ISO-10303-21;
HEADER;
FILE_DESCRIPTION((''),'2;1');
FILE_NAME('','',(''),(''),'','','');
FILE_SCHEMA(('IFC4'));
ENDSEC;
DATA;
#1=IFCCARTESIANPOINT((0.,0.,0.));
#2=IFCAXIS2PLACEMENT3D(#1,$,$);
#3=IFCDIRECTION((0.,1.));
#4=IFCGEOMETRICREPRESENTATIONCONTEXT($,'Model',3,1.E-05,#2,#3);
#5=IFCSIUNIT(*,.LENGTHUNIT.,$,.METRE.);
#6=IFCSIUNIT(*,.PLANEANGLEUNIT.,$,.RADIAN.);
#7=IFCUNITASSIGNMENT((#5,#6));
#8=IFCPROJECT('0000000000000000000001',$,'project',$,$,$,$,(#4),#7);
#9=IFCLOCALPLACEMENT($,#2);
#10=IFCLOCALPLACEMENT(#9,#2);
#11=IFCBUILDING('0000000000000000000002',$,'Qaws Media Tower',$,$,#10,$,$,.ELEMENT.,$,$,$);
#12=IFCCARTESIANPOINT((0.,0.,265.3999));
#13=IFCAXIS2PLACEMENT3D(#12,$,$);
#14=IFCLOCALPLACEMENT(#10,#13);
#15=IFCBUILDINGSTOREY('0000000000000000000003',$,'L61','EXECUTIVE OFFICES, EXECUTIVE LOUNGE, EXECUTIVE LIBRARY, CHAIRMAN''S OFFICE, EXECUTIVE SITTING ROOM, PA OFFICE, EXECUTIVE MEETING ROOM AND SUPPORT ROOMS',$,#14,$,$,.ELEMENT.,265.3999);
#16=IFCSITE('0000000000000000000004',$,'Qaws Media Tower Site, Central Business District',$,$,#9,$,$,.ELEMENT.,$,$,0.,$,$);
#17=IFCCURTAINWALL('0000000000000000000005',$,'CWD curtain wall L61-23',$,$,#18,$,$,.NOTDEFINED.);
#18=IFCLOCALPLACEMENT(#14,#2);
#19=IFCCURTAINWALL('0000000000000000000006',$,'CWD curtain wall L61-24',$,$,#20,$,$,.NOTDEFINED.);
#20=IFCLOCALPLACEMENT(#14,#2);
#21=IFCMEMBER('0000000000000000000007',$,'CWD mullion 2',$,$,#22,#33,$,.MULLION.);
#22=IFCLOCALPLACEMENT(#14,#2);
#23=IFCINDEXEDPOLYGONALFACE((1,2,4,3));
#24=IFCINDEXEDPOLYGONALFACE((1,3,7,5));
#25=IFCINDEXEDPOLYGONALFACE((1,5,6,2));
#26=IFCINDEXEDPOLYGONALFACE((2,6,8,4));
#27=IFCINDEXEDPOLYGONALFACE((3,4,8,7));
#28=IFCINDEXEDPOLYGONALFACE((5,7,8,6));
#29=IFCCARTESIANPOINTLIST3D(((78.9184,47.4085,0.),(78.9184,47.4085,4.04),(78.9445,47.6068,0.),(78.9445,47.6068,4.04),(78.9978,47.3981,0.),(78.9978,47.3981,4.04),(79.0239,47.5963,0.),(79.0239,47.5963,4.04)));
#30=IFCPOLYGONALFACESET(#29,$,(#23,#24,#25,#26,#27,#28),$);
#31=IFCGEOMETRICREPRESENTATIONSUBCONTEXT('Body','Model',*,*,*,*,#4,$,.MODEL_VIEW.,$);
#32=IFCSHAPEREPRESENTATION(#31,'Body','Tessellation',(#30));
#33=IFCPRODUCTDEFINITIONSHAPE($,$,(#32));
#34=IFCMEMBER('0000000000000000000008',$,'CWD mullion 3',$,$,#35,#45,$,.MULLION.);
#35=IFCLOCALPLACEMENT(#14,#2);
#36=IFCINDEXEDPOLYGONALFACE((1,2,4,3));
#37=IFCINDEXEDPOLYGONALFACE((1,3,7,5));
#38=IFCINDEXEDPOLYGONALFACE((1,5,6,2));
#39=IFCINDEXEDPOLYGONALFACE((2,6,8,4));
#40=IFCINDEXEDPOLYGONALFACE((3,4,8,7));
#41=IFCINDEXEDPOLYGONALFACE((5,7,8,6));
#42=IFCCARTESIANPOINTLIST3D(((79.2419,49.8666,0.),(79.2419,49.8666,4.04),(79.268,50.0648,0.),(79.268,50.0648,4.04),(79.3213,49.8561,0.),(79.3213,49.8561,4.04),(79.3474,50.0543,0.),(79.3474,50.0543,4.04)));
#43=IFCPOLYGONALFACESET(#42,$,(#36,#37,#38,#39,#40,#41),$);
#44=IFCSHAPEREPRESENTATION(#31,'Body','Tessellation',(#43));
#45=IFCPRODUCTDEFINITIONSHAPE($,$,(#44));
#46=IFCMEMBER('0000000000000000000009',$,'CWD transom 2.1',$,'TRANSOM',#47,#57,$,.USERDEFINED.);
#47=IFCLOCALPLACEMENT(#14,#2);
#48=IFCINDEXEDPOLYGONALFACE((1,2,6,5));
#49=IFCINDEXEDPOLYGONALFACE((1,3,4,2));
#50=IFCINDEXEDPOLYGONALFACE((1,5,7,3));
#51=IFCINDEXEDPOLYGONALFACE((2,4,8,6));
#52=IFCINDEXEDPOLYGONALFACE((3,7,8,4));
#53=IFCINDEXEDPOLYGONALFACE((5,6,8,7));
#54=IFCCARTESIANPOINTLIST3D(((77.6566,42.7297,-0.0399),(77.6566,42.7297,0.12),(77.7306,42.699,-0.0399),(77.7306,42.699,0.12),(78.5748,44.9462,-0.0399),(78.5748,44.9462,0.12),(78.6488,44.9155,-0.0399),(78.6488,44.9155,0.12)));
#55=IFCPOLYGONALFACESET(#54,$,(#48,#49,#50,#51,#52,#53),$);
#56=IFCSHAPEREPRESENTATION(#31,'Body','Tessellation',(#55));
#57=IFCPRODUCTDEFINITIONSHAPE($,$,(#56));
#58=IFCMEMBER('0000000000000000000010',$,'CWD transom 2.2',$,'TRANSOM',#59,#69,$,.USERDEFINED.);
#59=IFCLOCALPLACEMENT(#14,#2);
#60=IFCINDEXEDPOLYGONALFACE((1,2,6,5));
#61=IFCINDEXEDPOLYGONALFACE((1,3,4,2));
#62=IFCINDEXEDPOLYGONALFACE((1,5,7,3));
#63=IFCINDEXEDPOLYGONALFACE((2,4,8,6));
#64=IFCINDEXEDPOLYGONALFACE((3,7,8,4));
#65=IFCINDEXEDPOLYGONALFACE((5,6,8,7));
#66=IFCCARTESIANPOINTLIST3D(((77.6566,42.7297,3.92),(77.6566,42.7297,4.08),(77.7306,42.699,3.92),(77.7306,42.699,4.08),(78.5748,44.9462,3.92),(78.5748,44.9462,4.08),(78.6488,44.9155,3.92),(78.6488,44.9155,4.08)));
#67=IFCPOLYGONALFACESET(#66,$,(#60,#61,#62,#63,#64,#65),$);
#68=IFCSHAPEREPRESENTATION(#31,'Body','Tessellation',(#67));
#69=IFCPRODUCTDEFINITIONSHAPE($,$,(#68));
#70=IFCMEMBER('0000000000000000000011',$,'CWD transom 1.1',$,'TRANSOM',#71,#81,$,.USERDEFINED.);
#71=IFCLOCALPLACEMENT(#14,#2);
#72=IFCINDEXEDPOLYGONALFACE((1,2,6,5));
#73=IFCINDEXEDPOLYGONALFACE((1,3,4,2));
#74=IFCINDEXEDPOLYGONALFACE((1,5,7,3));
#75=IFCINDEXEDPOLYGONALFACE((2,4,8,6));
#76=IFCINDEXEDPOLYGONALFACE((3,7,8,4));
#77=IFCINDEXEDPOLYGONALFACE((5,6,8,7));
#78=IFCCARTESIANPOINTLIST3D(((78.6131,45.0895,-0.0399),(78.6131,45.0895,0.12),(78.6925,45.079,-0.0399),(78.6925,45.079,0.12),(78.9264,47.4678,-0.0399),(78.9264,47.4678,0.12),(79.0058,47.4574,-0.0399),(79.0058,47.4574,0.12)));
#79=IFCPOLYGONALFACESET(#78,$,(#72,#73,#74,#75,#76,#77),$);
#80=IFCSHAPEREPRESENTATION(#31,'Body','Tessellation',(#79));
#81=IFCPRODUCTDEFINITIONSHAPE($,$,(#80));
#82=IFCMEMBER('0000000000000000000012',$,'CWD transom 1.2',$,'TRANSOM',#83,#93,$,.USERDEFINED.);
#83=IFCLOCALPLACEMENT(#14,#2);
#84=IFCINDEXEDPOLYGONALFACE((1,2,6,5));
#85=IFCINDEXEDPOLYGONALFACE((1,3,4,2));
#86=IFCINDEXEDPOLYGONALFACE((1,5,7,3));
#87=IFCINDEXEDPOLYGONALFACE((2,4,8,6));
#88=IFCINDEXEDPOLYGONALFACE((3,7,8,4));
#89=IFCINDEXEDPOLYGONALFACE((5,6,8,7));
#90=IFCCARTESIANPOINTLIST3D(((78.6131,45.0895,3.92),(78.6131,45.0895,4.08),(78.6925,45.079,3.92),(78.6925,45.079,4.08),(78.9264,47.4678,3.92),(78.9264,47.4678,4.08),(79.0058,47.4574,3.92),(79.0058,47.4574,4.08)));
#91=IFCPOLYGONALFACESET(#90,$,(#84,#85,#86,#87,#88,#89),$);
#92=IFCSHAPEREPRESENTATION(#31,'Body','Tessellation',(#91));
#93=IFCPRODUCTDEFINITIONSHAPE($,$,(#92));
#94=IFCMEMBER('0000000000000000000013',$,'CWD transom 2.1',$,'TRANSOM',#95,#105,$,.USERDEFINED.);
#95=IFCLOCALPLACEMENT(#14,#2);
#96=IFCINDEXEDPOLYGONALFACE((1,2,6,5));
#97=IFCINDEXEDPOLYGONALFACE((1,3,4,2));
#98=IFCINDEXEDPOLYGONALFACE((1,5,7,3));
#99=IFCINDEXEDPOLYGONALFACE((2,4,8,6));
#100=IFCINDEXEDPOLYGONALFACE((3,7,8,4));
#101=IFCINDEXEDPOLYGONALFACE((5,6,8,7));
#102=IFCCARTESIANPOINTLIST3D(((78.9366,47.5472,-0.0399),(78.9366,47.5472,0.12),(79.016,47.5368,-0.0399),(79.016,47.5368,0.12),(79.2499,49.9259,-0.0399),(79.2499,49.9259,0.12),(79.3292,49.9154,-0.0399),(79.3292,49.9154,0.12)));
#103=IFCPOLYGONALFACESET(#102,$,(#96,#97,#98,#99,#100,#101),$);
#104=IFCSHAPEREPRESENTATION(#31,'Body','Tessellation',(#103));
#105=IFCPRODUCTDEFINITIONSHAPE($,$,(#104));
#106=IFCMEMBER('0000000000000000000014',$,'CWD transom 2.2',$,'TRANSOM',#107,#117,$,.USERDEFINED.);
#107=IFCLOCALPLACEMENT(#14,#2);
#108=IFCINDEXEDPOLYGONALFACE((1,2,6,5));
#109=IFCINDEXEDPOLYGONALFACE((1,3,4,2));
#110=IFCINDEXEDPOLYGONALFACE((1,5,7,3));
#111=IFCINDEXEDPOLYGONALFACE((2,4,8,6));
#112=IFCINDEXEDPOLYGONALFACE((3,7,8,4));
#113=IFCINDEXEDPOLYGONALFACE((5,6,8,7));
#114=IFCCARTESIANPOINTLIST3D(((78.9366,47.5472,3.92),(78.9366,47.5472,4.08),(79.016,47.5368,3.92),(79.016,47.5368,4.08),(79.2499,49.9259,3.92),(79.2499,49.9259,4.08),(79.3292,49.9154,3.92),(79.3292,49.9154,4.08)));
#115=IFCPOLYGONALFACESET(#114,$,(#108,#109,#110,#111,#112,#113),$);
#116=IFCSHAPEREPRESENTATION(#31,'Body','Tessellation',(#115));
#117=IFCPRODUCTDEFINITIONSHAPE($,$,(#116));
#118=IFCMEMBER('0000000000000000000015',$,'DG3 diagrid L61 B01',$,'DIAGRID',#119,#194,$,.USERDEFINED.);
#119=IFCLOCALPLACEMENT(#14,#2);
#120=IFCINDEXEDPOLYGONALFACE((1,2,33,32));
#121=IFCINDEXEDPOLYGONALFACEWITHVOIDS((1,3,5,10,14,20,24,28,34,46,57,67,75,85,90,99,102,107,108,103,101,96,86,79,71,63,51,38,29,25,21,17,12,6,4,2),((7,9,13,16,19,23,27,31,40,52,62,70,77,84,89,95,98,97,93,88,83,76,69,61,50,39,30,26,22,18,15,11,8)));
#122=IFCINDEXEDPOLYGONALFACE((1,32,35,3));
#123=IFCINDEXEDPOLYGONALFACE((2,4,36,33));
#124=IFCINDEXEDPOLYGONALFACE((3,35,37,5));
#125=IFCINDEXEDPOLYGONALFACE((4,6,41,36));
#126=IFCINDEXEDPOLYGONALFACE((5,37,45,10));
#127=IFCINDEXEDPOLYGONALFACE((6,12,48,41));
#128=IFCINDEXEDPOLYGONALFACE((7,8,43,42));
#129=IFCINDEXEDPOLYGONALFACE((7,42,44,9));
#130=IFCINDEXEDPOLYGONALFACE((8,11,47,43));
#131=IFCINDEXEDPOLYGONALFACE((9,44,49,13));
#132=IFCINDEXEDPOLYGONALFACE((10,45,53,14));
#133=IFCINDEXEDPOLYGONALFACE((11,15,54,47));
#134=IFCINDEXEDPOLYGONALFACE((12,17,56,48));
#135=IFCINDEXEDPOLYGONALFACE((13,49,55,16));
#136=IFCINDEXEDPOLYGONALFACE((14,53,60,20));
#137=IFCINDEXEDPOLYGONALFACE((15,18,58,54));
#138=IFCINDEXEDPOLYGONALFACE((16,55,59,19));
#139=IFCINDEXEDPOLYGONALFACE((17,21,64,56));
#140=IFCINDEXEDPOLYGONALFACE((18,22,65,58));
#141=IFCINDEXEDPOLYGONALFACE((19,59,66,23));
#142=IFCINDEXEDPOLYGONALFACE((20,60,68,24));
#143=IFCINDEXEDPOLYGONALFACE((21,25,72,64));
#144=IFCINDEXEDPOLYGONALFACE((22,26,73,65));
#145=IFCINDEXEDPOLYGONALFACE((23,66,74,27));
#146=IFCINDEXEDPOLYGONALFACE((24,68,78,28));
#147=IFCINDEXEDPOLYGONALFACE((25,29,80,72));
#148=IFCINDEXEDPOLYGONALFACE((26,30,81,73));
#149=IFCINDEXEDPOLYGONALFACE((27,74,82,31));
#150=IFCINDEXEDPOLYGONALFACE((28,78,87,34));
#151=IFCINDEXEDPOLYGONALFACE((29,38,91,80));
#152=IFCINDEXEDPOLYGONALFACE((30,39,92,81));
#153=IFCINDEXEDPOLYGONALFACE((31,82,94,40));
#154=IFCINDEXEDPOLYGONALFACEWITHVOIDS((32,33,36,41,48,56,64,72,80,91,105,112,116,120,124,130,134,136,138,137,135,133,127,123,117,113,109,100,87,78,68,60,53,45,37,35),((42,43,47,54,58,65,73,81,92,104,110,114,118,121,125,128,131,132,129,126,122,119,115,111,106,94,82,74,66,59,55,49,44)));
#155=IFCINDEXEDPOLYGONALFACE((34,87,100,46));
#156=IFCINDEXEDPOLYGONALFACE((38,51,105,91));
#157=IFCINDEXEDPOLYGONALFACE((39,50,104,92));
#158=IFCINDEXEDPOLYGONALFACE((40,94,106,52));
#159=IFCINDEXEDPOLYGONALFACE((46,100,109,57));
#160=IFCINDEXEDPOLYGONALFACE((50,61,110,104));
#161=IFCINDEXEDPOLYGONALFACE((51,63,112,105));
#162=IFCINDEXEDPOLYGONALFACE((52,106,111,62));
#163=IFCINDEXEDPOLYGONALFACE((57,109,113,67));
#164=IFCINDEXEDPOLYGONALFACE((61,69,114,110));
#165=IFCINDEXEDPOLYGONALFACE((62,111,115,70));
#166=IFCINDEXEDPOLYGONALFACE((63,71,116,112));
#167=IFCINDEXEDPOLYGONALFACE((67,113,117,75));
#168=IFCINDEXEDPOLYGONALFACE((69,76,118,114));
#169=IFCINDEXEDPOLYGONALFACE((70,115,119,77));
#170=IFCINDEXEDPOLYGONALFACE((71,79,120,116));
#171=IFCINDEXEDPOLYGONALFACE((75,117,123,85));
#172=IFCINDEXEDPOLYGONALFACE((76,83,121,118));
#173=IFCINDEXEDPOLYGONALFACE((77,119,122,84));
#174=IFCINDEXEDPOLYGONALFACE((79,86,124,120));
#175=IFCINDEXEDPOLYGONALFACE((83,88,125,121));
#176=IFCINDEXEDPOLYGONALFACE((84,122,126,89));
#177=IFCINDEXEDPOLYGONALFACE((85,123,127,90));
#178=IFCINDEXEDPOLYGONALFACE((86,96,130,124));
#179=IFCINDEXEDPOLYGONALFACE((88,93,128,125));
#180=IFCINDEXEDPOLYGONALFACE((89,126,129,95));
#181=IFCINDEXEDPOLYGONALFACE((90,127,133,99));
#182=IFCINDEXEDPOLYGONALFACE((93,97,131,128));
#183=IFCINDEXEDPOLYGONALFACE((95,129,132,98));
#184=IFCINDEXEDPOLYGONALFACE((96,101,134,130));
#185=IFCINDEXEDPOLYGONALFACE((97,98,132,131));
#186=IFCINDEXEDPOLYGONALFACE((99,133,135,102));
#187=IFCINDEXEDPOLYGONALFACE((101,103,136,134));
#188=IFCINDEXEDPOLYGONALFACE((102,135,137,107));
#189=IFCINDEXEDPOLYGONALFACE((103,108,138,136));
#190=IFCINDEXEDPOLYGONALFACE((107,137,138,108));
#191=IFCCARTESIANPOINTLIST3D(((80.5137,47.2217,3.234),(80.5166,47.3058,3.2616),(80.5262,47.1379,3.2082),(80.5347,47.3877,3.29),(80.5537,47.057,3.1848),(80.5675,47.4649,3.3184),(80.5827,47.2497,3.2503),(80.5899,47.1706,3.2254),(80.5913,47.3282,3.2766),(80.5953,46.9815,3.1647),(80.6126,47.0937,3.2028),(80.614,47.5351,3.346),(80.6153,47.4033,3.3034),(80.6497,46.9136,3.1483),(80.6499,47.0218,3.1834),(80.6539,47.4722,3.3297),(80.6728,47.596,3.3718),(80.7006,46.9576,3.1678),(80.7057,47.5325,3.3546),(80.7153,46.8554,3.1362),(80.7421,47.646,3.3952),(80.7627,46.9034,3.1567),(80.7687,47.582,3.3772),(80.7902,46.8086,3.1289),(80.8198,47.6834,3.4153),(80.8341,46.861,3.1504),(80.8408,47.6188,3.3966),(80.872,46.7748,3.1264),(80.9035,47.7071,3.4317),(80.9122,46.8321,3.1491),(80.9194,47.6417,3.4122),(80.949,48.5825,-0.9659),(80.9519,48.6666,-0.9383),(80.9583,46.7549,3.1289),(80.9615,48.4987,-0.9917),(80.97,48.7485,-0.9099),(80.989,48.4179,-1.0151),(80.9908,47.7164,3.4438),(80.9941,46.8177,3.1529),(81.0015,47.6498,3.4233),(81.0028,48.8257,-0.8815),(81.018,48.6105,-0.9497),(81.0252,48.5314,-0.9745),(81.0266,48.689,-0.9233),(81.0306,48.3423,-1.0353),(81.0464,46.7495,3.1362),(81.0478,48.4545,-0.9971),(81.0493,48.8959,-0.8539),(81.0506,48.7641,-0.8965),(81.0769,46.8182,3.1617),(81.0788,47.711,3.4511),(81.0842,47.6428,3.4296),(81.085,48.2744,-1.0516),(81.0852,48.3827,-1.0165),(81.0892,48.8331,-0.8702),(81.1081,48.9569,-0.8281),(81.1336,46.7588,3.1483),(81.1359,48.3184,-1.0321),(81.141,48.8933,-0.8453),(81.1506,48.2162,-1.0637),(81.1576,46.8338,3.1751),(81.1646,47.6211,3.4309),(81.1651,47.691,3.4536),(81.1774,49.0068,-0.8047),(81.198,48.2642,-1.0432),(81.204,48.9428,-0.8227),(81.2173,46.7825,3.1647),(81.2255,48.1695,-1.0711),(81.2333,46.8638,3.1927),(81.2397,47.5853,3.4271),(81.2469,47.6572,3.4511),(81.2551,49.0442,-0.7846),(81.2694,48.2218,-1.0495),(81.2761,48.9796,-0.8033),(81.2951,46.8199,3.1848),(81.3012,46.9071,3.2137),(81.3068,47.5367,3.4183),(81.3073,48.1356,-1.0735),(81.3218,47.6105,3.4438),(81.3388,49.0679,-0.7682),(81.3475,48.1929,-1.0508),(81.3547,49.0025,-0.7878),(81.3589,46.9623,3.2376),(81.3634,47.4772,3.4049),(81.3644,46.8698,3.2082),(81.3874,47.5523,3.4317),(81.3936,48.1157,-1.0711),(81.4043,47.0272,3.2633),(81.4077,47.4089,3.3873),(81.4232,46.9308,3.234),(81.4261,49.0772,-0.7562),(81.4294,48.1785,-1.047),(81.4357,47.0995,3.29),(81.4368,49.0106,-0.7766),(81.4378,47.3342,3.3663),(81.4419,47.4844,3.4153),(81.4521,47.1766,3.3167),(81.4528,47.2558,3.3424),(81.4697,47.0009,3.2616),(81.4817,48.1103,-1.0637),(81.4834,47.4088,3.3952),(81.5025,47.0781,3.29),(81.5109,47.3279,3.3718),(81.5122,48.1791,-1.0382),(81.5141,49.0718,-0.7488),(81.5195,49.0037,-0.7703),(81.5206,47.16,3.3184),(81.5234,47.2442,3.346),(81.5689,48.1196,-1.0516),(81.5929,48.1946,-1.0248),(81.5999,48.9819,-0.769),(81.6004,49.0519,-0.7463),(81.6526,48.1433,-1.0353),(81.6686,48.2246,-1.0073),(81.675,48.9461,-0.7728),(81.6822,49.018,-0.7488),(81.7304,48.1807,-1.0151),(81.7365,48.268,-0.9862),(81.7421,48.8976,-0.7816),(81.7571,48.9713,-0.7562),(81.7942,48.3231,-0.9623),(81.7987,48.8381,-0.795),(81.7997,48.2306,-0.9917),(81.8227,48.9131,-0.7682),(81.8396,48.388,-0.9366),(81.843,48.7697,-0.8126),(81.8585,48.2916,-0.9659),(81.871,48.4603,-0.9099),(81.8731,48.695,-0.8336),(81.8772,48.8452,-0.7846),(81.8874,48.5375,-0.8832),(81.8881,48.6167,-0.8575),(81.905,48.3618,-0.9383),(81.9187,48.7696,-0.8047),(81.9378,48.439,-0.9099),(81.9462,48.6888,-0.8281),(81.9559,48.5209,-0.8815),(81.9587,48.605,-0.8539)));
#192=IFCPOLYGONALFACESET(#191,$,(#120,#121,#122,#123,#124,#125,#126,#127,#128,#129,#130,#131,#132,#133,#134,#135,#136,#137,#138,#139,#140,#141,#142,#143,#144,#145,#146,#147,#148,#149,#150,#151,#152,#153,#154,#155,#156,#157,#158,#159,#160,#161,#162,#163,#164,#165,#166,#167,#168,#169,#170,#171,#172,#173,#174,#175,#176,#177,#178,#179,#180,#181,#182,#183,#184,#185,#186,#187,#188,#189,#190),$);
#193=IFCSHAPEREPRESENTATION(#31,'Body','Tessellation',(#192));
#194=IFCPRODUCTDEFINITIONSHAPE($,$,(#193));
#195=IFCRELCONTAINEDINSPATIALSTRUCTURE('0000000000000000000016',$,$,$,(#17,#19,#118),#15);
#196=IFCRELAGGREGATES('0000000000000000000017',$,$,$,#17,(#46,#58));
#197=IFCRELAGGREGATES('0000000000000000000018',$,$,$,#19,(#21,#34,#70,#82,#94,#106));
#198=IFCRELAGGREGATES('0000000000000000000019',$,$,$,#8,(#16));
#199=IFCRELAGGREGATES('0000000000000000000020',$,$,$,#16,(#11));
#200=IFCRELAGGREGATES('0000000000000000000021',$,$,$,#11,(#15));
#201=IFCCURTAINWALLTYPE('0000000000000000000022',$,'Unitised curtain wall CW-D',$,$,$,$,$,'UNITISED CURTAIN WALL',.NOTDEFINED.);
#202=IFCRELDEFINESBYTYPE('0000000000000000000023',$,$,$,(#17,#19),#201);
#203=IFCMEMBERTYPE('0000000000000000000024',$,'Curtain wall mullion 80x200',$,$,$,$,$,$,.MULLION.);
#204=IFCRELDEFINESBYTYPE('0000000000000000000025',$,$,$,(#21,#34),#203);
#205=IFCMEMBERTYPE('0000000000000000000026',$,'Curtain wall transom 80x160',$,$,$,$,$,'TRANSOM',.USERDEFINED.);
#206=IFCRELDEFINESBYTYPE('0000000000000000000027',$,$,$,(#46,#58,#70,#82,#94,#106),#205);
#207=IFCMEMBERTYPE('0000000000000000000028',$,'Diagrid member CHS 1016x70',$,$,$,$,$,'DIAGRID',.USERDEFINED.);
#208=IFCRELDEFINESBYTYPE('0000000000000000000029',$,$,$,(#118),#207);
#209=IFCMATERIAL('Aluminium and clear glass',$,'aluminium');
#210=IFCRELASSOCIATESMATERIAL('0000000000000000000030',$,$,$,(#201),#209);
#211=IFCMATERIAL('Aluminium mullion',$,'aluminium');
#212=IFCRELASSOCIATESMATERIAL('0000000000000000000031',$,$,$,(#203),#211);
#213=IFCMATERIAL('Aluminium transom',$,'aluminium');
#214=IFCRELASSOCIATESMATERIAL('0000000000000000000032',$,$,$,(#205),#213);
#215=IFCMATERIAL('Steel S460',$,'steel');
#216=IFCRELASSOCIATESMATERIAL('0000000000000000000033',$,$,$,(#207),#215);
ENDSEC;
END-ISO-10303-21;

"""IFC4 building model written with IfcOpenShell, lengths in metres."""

from ifc_helpers import new_model, si_unit, direction, frame, origin, origin_2d, place, context, subcontext, project, spatial, rectangle, hollow_circle, extrude, material, material_profile, profile_set, type_object, element, aggregate, save


model = new_model("IFC4")

# Units and contexts
model_context = context("Model", 3, precision=1e-05, world=origin(), true_north=direction((0.0, 1.0)))
body_context = subcontext(model_context, "Body", "Model", "MODEL_VIEW")
ifc_project = project(units=[si_unit("LENGTHUNIT", "METRE"), si_unit("PLANEANGLEUNIT", "RADIAN")], contexts=[model_context])

# Site, building, storey
site_placement = place(None, origin())
site = spatial("IfcSite", under=ifc_project, at=site_placement, Name="Qaws Media Tower Site, Central Business District", CompositionType="ELEMENT", RefElevation=0.0)
building_placement = place(site_placement, origin())
building = spatial("IfcBuilding", under=site, at=building_placement, Name="Qaws Media Tower", CompositionType="ELEMENT")
storey_placement = place(building_placement, frame((0.0, 0.0, 265.3999)))
storey = spatial("IfcBuildingStorey", under=building, at=storey_placement, Name="L61", Description="EXECUTIVE OFFICES, EXECUTIVE LOUNGE, EXECUTIVE LIBRARY, CHAIRMAN'S OFFICE, EXECUTIVE SITTING ROOM, PA OFFICE, EXECUTIVE MEETING ROOM AND SUPPORT ROOMS", CompositionType="ELEMENT", Elevation=265.3999)

# Curtain walls, members
ifc_material_1 = material(Name="Aluminium and clear glass", Category="aluminium")
curtain_wall_type = type_object("IfcCurtainWallType", Name="Unitised curtain wall CW-D", ElementType="UNITISED CURTAIN WALL", PredefinedType="NOTDEFINED", material=ifc_material_1)
curtain_wall_1_placement = place(storey_placement, origin())
curtain_wall_1 = element("IfcCurtainWall", 1, at=curtain_wall_1_placement, inside=storey, type_object=curtain_wall_type, Name="CWD curtain wall L61-23", PredefinedType="NOTDEFINED")
ifc_material_2 = material(Name="Aluminium mullion", Category="aluminium")
ifc_material_profile_1 = material_profile(ifc_material_2, rectangle(XDim=0.0801, YDim=0.2, at=origin_2d()), Name="80x200")
ifc_profile_set_1 = profile_set([ifc_material_profile_1], Name="Aluminium mullion")
member_type_1 = type_object("IfcMemberType", Name="Curtain wall mullion 80x200", PredefinedType="MULLION", material=ifc_profile_set_1)
curtain_wall_2_placement = place(storey_placement, origin())
curtain_wall_2 = element("IfcCurtainWall", 2, at=curtain_wall_2_placement, inside=storey, type_object=curtain_wall_type, Name="CWD curtain wall L61-24", PredefinedType="NOTDEFINED")
member_1_placement = place(storey_placement, frame((78.9712, 47.5024, 0.0), z_axis=(0.0, 0.0, 1.0), x_axis=(-0.991445, 0.130526, 0.0)))
member_1 = element("IfcMember", 3, at=member_1_placement, type_object=member_type_1, Name="CWD mullion 2", PredefinedType="MULLION", context=body_context, shape_type="SweptSolid", body=[
    extrude(rectangle(XDim=0.0801, YDim=0.2, at=origin_2d()), origin(), (0.0, 0.0, 1.0), 4.04),
])
member_2_placement = place(storey_placement, frame((79.2947, 49.9604, 0.0), z_axis=(0.0, 0.0, 1.0), x_axis=(-0.991445, 0.130526, 0.0)))
member_2 = element("IfcMember", 4, at=member_2_placement, type_object=member_type_1, Name="CWD mullion 3", PredefinedType="MULLION", context=body_context, shape_type="SweptSolid", body=[
    extrude(rectangle(XDim=0.0801, YDim=0.2, at=origin_2d()), origin(), (0.0, 0.0, 1.0), 4.04),
])

# Members
ifc_material_3 = material(Name="Aluminium transom", Category="aluminium")
ifc_material_profile_2 = material_profile(ifc_material_3, rectangle(XDim=0.0801, YDim=0.1599, at=origin_2d()), Name="80x160")
ifc_profile_set_2 = profile_set([ifc_material_profile_2], Name="Aluminium transom")
member_type_2 = type_object("IfcMemberType", Name="Curtain wall transom 80x160", ElementType="TRANSOM", PredefinedType="USERDEFINED", material=ifc_profile_set_2)
member_3_placement = place(storey_placement, frame((77.6936, 42.7144, 0.04), z_axis=(0.382714, 0.923867, 0.0), x_axis=(-0.923867, 0.382714, 0.0)))
member_3 = element("IfcMember", 5, at=member_3_placement, type_object=member_type_2, Name="CWD transom 2.1", ObjectType="TRANSOM", PredefinedType="USERDEFINED", context=body_context, shape_type="SweptSolid", body=[
    extrude(rectangle(XDim=0.0801, YDim=0.1599, at=origin_2d()), origin(), (0.0, 0.0, 1.0), 2.3992),
])
member_4_placement = place(storey_placement, frame((77.6936, 42.7144, 4.0), z_axis=(0.382714, 0.923867, 0.0), x_axis=(-0.923867, 0.382714, 0.0)))
member_4 = element("IfcMember", 6, at=member_4_placement, type_object=member_type_2, Name="CWD transom 2.2", ObjectType="TRANSOM", PredefinedType="USERDEFINED", context=body_context, shape_type="SweptSolid", body=[
    extrude(rectangle(XDim=0.0801, YDim=0.1599, at=origin_2d()), origin(), (0.0, 0.0, 1.0), 2.3992),
])
member_5_placement = place(storey_placement, frame((78.6528, 45.0842, 0.04), z_axis=(0.13057, 0.991439, 0.0), x_axis=(-0.991439, 0.13057, 0.0)))
member_5 = element("IfcMember", 7, at=member_5_placement, type_object=member_type_2, Name="CWD transom 1.1", ObjectType="TRANSOM", PredefinedType="USERDEFINED", context=body_context, shape_type="SweptSolid", body=[
    extrude(rectangle(XDim=0.0801, YDim=0.1599, at=origin_2d()), origin(), (0.0, 0.0, 1.0), 2.3989),
])
member_6_placement = place(storey_placement, frame((78.6528, 45.0842, 4.0), z_axis=(0.13057, 0.991439, 0.0), x_axis=(-0.991439, 0.13057, 0.0)))
member_6 = element("IfcMember", 8, at=member_6_placement, type_object=member_type_2, Name="CWD transom 1.2", ObjectType="TRANSOM", PredefinedType="USERDEFINED", context=body_context, shape_type="SweptSolid", body=[
    extrude(rectangle(XDim=0.0801, YDim=0.1599, at=origin_2d()), origin(), (0.0, 0.0, 1.0), 2.3989),
])
member_7_placement = place(storey_placement, frame((78.9763, 47.542, 0.04), z_axis=(0.130557, 0.991441, 0.0), x_axis=(-0.991441, 0.130557, 0.0)))
member_7 = element("IfcMember", 9, at=member_7_placement, type_object=member_type_2, Name="CWD transom 2.1", ObjectType="TRANSOM", PredefinedType="USERDEFINED", context=body_context, shape_type="SweptSolid", body=[
    extrude(rectangle(XDim=0.0801, YDim=0.1599, at=origin_2d()), origin(), (0.0, 0.0, 1.0), 2.3992),
])
member_8_placement = place(storey_placement, frame((78.9763, 47.542, 4.0), z_axis=(0.130557, 0.991441, 0.0), x_axis=(-0.991441, 0.130557, 0.0)))
member_8 = element("IfcMember", 10, at=member_8_placement, type_object=member_type_2, Name="CWD transom 2.2", ObjectType="TRANSOM", PredefinedType="USERDEFINED", context=body_context, shape_type="SweptSolid", body=[
    extrude(rectangle(XDim=0.0801, YDim=0.1599, at=origin_2d()), origin(), (0.0, 0.0, 1.0), 2.3992),
])

# Member
ifc_material_4 = material(Name="Steel S460", Category="steel")
ifc_material_profile_3 = material_profile(ifc_material_4, hollow_circle(Radius=0.5081, WallThickness=0.0701, at=origin_2d()), Name="CHS 1016x70")
ifc_profile_set_3 = profile_set([ifc_material_profile_3], Name="Steel S460")
member_type_3 = type_object("IfcMemberType", Name="Diagrid member CHS 1016x70", ElementType="DIAGRID", PredefinedType="USERDEFINED", material=ifc_profile_set_3)
for number, where, z_axis, x_axis, name in (
    (11, (81.4539, 48.5938, -0.9099), (-0.098122, -0.306749, 0.946719), (0.952458, -0.30467, 0.0), "DG3 diagrid L61 B01"),
):
    element("IfcMember", number, at=place(storey_placement, frame(where, z_axis=z_axis, x_axis=x_axis)), inside=storey, type_object=member_type_3, Name=name, ObjectType="DIAGRID", PredefinedType="USERDEFINED", context=body_context, shape_type="SweptSolid", body=[
        extrude(hollow_circle(Radius=0.5081, WallThickness=0.0701, at=origin_2d()), origin(), (0.0, 0.0, 1.0), 4.4363),
    ])

aggregate(curtain_wall_1, [member_3, member_4])
aggregate(curtain_wall_2, [member_1, member_2, member_5, member_6, member_7, member_8])

save(model, "model.ifc")
